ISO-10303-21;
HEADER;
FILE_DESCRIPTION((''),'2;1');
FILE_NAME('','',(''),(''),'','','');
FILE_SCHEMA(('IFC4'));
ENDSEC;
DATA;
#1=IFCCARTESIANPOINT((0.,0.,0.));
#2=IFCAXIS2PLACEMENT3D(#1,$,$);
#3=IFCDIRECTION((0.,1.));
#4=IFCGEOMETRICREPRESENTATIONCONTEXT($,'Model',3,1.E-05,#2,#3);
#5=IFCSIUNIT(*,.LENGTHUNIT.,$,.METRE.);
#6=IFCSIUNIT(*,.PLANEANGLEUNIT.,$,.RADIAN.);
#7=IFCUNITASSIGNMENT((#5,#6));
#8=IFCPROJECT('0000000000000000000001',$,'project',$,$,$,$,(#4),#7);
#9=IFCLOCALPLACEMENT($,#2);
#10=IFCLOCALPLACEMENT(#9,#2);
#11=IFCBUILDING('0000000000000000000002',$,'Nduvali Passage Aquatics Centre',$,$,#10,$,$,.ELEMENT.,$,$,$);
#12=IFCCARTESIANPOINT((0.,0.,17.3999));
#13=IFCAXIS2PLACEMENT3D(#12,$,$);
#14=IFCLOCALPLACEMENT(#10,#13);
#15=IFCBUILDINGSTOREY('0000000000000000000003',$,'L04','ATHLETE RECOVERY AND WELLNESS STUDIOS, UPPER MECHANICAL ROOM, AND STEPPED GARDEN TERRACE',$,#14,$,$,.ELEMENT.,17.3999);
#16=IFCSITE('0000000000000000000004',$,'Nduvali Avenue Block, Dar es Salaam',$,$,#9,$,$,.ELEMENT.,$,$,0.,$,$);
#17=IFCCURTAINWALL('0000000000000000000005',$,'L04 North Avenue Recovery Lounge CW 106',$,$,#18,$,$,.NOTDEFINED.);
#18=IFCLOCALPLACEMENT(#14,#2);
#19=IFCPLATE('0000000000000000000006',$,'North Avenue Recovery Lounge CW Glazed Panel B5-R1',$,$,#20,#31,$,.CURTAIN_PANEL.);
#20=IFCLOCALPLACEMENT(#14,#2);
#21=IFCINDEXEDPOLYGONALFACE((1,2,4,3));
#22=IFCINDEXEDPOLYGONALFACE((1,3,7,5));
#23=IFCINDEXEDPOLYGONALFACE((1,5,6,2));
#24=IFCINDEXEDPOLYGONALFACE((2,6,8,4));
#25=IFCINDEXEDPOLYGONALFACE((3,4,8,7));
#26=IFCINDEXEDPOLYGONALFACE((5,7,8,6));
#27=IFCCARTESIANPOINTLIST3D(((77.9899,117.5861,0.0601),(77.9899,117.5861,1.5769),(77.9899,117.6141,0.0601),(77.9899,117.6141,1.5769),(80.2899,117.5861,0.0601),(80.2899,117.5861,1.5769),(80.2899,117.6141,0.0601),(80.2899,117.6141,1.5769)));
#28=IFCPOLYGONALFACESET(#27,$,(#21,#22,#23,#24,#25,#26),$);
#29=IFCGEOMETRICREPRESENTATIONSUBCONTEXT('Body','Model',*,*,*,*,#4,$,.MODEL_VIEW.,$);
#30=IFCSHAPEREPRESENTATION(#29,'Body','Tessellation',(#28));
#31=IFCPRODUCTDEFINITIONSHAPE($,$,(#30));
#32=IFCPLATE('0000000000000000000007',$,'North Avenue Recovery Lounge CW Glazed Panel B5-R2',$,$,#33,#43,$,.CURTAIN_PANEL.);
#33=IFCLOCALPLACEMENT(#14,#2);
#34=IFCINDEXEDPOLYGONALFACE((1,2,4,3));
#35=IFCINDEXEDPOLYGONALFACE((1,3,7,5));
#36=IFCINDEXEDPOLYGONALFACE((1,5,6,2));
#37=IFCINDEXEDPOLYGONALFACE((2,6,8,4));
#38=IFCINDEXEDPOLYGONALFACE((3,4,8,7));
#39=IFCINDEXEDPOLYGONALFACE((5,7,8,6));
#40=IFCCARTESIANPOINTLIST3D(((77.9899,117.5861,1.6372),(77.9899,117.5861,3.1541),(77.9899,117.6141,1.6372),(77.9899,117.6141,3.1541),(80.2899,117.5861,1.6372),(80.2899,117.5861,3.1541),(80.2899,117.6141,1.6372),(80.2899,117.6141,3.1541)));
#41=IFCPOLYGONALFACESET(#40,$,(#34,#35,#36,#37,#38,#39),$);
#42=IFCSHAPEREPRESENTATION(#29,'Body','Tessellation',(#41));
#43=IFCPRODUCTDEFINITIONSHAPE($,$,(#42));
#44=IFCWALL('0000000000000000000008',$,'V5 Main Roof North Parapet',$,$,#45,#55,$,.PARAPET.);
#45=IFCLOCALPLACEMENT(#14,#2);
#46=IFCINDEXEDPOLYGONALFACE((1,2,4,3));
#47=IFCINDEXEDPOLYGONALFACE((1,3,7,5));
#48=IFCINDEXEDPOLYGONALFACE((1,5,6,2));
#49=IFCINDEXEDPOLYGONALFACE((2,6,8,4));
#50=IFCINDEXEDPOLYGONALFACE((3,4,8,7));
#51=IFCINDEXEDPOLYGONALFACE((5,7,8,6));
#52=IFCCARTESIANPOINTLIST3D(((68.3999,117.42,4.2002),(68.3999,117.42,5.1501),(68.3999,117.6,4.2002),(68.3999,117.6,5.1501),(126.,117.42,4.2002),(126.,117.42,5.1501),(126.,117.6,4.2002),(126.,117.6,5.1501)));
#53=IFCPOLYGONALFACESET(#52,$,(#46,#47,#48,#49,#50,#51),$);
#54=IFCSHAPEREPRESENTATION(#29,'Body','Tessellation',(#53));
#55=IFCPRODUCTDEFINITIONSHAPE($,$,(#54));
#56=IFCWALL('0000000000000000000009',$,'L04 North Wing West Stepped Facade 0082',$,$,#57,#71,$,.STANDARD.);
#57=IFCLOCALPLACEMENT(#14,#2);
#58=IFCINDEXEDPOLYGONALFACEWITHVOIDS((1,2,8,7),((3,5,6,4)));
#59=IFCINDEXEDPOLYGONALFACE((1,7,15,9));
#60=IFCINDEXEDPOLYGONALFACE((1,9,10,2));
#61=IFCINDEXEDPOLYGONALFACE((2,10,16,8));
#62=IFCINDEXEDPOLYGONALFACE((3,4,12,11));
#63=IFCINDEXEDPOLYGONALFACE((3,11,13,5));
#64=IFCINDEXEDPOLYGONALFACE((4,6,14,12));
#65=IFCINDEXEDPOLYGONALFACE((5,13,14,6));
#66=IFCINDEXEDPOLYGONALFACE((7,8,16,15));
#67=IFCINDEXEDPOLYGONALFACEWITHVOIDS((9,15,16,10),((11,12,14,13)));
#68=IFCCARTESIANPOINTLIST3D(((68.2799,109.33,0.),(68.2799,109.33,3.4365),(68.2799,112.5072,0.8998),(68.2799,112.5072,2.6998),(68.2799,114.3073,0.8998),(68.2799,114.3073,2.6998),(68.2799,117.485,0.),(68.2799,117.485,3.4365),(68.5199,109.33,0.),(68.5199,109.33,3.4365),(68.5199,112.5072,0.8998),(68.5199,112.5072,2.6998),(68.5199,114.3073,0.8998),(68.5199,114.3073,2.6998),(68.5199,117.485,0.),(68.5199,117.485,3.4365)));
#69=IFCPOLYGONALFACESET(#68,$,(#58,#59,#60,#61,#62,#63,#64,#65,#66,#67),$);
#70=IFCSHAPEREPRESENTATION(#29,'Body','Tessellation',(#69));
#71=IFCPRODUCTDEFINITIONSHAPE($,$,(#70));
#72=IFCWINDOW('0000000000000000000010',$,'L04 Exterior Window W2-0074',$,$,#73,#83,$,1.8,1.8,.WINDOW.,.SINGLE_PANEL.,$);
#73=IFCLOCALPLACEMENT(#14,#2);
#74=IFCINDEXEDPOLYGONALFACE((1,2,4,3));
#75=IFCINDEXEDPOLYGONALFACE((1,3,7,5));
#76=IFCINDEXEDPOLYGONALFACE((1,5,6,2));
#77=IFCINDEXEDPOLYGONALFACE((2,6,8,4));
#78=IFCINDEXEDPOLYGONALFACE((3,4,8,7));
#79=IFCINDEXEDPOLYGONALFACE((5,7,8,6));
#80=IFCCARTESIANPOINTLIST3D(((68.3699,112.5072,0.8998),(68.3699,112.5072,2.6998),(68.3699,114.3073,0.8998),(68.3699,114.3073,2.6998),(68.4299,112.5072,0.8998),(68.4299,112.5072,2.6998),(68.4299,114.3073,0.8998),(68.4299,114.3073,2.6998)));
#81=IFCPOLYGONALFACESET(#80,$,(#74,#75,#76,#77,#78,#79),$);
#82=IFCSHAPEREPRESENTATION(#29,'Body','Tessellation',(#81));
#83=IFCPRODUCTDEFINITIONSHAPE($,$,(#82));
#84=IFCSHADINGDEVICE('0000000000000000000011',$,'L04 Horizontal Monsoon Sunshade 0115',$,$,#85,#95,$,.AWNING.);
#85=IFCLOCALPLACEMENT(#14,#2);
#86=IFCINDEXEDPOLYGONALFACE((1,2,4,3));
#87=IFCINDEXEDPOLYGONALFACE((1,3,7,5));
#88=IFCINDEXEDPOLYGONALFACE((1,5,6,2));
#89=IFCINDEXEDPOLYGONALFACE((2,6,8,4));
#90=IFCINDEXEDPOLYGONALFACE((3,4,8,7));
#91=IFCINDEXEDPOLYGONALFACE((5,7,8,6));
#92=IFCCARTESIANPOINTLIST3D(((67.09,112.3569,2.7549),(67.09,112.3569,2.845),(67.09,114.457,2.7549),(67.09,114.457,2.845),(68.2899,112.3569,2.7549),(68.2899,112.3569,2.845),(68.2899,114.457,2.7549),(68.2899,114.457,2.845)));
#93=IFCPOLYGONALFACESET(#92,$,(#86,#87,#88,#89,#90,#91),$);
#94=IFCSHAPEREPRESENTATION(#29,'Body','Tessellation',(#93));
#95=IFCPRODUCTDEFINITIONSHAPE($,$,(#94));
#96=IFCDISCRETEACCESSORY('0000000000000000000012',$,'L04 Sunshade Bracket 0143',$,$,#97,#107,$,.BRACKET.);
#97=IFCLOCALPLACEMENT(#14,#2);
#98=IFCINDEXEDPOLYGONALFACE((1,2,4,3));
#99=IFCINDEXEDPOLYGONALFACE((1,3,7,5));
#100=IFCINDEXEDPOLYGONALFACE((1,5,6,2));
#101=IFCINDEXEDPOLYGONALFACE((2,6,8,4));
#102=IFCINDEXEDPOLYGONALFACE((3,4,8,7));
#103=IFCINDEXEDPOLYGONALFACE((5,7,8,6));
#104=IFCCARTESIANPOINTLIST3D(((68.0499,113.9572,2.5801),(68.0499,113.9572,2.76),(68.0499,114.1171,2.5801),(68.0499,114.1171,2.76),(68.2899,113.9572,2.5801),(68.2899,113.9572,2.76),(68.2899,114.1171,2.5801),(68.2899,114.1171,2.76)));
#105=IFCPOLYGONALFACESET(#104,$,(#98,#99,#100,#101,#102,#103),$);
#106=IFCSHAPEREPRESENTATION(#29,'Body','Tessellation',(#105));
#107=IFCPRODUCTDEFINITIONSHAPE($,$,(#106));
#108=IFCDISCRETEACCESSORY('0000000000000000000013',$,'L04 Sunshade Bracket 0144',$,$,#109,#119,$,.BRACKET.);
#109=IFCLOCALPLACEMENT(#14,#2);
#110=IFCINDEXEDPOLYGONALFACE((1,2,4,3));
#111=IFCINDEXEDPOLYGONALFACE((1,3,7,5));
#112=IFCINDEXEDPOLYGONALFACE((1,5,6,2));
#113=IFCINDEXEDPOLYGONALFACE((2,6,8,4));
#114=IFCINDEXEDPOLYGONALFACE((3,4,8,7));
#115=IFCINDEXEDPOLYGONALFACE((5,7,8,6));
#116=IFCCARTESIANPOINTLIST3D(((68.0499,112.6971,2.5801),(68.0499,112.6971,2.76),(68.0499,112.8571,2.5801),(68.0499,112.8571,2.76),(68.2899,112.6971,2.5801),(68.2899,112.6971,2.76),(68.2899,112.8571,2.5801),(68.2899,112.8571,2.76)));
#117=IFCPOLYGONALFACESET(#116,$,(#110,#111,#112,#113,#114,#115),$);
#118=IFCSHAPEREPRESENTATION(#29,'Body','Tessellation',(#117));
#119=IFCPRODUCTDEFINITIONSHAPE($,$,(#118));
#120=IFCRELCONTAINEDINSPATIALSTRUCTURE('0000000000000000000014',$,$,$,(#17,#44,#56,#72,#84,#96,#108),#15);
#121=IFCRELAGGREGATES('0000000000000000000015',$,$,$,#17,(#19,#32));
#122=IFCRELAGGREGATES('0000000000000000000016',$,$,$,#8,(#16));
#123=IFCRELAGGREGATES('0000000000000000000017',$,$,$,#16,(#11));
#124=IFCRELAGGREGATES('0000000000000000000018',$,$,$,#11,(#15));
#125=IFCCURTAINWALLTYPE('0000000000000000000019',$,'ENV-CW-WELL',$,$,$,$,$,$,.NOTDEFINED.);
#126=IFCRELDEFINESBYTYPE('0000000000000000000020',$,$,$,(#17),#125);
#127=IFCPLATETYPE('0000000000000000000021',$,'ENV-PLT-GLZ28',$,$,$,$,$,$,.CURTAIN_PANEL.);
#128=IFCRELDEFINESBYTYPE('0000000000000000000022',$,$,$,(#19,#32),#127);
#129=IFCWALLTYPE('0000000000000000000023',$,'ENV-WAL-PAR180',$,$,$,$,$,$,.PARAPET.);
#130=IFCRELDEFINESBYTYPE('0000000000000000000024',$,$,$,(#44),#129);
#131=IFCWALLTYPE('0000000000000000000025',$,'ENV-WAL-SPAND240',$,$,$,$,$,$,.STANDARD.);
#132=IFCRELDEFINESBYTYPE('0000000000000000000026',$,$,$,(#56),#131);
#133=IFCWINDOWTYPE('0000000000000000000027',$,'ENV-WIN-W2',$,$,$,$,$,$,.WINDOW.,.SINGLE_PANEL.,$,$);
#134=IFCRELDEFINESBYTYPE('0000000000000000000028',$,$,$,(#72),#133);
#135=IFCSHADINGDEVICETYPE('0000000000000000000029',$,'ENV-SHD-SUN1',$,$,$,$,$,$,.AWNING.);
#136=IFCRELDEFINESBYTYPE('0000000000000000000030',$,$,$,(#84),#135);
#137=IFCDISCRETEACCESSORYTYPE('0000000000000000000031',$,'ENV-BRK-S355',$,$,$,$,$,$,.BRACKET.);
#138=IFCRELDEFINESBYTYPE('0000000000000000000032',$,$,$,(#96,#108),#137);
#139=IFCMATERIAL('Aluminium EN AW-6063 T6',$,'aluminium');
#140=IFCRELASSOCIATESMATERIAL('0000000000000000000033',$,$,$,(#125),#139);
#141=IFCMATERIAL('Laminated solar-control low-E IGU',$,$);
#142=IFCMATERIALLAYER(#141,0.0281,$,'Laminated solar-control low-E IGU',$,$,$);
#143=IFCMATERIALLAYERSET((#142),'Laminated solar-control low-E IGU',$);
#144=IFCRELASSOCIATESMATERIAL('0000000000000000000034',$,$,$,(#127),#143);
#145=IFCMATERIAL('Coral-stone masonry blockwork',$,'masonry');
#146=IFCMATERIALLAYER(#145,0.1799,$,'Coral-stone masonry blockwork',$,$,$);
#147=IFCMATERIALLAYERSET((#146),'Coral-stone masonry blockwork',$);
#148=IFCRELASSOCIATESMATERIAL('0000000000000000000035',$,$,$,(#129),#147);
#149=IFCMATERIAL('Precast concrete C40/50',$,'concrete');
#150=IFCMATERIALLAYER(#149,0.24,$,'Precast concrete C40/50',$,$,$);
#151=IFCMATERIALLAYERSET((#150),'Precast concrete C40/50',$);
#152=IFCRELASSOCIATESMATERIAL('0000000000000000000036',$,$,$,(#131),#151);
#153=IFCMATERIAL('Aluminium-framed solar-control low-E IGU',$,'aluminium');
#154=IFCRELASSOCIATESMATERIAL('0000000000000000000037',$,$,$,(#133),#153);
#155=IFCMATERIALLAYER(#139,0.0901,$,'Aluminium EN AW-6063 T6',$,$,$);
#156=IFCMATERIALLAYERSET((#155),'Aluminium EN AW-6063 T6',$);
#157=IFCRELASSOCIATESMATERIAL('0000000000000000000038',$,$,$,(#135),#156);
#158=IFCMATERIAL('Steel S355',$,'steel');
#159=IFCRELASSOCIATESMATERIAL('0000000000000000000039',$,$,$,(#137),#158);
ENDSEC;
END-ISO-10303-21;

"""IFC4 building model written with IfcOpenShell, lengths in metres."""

from ifc_helpers import new_model, si_unit, direction, frame, frame_2d, origin, origin_2d, place, context, subcontext, project, spatial, rectangle, extrude, material, layer, layer_set, type_object, element, fill, aggregate, save


model = new_model("IFC4")

# Units and contexts
model_context = context("Model", 3, precision=1e-05, world=origin(), true_north=direction((0.0, 1.0)))
body_context = subcontext(model_context, "Body", "Model", "MODEL_VIEW")
ifc_project = project(units=[si_unit("LENGTHUNIT", "METRE"), si_unit("PLANEANGLEUNIT", "RADIAN")], contexts=[model_context])

# Site, building, storey
site_placement = place(None, origin())
site = spatial("IfcSite", under=ifc_project, at=site_placement, Name="Nduvali Avenue Block, Dar es Salaam", CompositionType="ELEMENT", RefElevation=0.0)
building_placement = place(site_placement, origin())
building = spatial("IfcBuilding", under=site, at=building_placement, Name="Nduvali Passage Aquatics Centre", CompositionType="ELEMENT")
storey_placement = place(building_placement, frame((0.0, 0.0, 17.3999)))
storey = spatial("IfcBuildingStorey", under=building, at=storey_placement, Name="L04", Description="ATHLETE RECOVERY AND WELLNESS STUDIOS, UPPER MECHANICAL ROOM, AND STEPPED GARDEN TERRACE", CompositionType="ELEMENT", Elevation=17.3999)

# Shared definitions
ifc_material_1 = material(Name="Steel S355", Category="steel")

# Curtain wall
ifc_material_2 = material(Name="Aluminium EN AW-6063 T6", Category="aluminium")
curtain_wall_type = type_object("IfcCurtainWallType", Name="ENV-CW-WELL", PredefinedType="NOTDEFINED", material=ifc_material_2)
curtain_wall_placement = place(storey_placement, origin())
curtain_wall = element("IfcCurtainWall", 1, at=curtain_wall_placement, inside=storey, type_object=curtain_wall_type, Name="L04 North Avenue Recovery Lounge CW 106", PredefinedType="NOTDEFINED")

# Plates
ifc_material_3 = material(Name="Laminated solar-control low-E IGU")
ifc_layer_1 = layer(ifc_material_3, 0.0281, Name="Laminated solar-control low-E IGU")
ifc_layer_set_1 = layer_set([ifc_layer_1], Name="Laminated solar-control low-E IGU")
plate_type = type_object("IfcPlateType", Name="ENV-PLT-GLZ28", PredefinedType="CURTAIN_PANEL", material=ifc_layer_set_1)
plate_1_placement = place(storey_placement, frame((79.1399, 117.6001, 0.0601), z_axis=(0.0, 0.0, 1.0), x_axis=(1.0, 0.0, 0.0)))
plate_1 = element("IfcPlate", 2, at=plate_1_placement, type_object=plate_type, Name="North Avenue Recovery Lounge CW Glazed Panel B5-R1", PredefinedType="CURTAIN_PANEL", context=body_context, shape_type="SweptSolid", body=[
    extrude(rectangle(XDim=2.3, YDim=0.0281, at=origin_2d()), origin(), (0.0, 0.0, 1.0), 1.5168),
])
plate_2_placement = place(storey_placement, frame((79.1399, 117.6001, 1.6372), z_axis=(0.0, 0.0, 1.0), x_axis=(1.0, 0.0, 0.0)))
plate_2 = element("IfcPlate", 3, at=plate_2_placement, type_object=plate_type, Name="North Avenue Recovery Lounge CW Glazed Panel B5-R2", PredefinedType="CURTAIN_PANEL", context=body_context, shape_type="SweptSolid", body=[
    extrude(rectangle(XDim=2.3, YDim=0.0281, at=origin_2d()), origin(), (0.0, 0.0, 1.0), 1.5168),
])
aggregate(curtain_wall, [plate_1, plate_2])

# Wall
ifc_material_4 = material(Name="Coral-stone masonry blockwork", Category="masonry")
ifc_layer_2 = layer(ifc_material_4, 0.1799, Name="Coral-stone masonry blockwork")
ifc_layer_set_2 = layer_set([ifc_layer_2], Name="Coral-stone masonry blockwork")
wall_type_1 = type_object("IfcWallType", Name="ENV-WAL-PAR180", PredefinedType="PARAPET", material=ifc_layer_set_2)
wall_1_placement = place(storey_placement, frame((68.3999, 117.51, 4.2002), z_axis=(0.0, 0.0, 1.0), x_axis=(1.0, 0.0, 0.0)))
element("IfcWall", 4, at=wall_1_placement, inside=storey, type_object=wall_type_1, Name="V5 Main Roof North Parapet", PredefinedType="PARAPET", context=body_context, shape_type="SweptSolid", body=[
    extrude(rectangle(XDim=57.6001, YDim=0.1799, at=frame_2d((28.8, 0.0))), origin(), (0.0, 0.0, 1.0), 0.95),
])

# Wall, opening, window
ifc_material_5 = material(Name="Precast concrete C40/50", Category="concrete")
ifc_layer_3 = layer(ifc_material_5, 0.24, Name="Precast concrete C40/50")
ifc_layer_set_3 = layer_set([ifc_layer_3], Name="Precast concrete C40/50")
wall_type_2 = type_object("IfcWallType", Name="ENV-WAL-SPAND240", PredefinedType="STANDARD", material=ifc_layer_set_3)
wall_2_placement = place(storey_placement, frame((68.3999, 117.4851, 0.0), z_axis=(0.0, 0.0, 1.0), x_axis=(0.0, -1.0, 0.0)))
wall_2 = element("IfcWall", 5, at=wall_2_placement, inside=storey, type_object=wall_type_2, Name="L04 North Wing West Stepped Facade 0082", PredefinedType="STANDARD", context=body_context, shape_type="SweptSolid", body=[
    extrude(rectangle(XDim=8.155, YDim=0.24, at=frame_2d((4.0776, 0.0))), origin(), (0.0, 0.0, 1.0), 3.4365),
])
opening_placement = place(wall_2_placement, frame((3.178, 0.0, 0.8999)))
opening = element("IfcOpeningElement", 6, at=opening_placement, cuts=wall_2, PredefinedType="OPENING", context=body_context, shape_type="SweptSolid", body=[
    extrude(rectangle(XDim=1.8, YDim=1.8, at=frame_2d((0.8999, 0.8999))), frame((0.0, 0.1348, 0.0), z_axis=(0.0, -1.0, 0.0), x_axis=(1.0, 0.0, 0.0)), (0.0, 0.0, 1.0), 0.2698),
])
ifc_material_6 = material(Name="Aluminium-framed solar-control low-E IGU", Category="aluminium")
window_type = type_object("IfcWindowType", Name="ENV-WIN-W2", PartitioningType="SINGLE_PANEL", PredefinedType="WINDOW", material=ifc_material_6)
window_placement = place(opening_placement, origin())
window = element("IfcWindow", 7, at=window_placement, inside=storey, type_object=window_type, Name="L04 Exterior Window W2-0074", OverallHeight=1.8, OverallWidth=1.8, PartitioningType="SINGLE_PANEL", PredefinedType="WINDOW", context=body_context, shape_type="SweptSolid", body=[
    extrude(rectangle(XDim=1.8, YDim=1.8, at=frame_2d((0.8999, 0.8999))), frame((0.0, 0.03, 0.0), z_axis=(0.0, -1.0, 0.0), x_axis=(1.0, 0.0, 0.0)), (0.0, 0.0, 1.0), 0.0601),
])
fill(opening, window)

# Shading device
ifc_layer_4 = layer(ifc_material_2, 0.0901, Name="Aluminium EN AW-6063 T6")
ifc_layer_set_4 = layer_set([ifc_layer_4], Name="Aluminium EN AW-6063 T6")
shading_device_type = type_object("IfcShadingDeviceType", Name="ENV-SHD-SUN1", PredefinedType="AWNING", material=ifc_layer_set_4)
shading_device_placement = place(storey_placement, frame((67.6899, 113.407, 2.7549), z_axis=(0.0, 0.0, 1.0), x_axis=(0.0, -1.0, 0.0)))
element("IfcShadingDevice", 8, at=shading_device_placement, inside=storey, type_object=shading_device_type, Name="L04 Horizontal Monsoon Sunshade 0115", PredefinedType="AWNING", context=body_context, shape_type="SweptSolid", body=[
    extrude(rectangle(XDim=2.1001, YDim=1.2, at=origin_2d()), origin(), (0.0, 0.0, 1.0), 0.0901),
])

# Discrete accessories
discrete_accessory_type = type_object("IfcDiscreteAccessoryType", Name="ENV-BRK-S355", PredefinedType="BRACKET", material=ifc_material_1)
for number, where, z_axis, x_axis, name in (
    (9, (68.1699, 114.0371, 2.5801), (0.0, 0.0, 1.0), (0.0, -1.0, 0.0), "L04 Sunshade Bracket 0143"),
    (10, (68.1699, 112.7771, 2.5801), (0.0, 0.0, 1.0), (0.0, -1.0, 0.0), "L04 Sunshade Bracket 0144"),
):
    element("IfcDiscreteAccessory", number, at=place(storey_placement, frame(where, z_axis=z_axis, x_axis=x_axis)), inside=storey, type_object=discrete_accessory_type, Name=name, PredefinedType="BRACKET", context=body_context, shape_type="SweptSolid", body=[
        extrude(rectangle(XDim=0.1599, YDim=0.24, at=origin_2d()), origin(), (0.0, 0.0, 1.0), 0.1799),
    ])

save(model, "model.ifc")
